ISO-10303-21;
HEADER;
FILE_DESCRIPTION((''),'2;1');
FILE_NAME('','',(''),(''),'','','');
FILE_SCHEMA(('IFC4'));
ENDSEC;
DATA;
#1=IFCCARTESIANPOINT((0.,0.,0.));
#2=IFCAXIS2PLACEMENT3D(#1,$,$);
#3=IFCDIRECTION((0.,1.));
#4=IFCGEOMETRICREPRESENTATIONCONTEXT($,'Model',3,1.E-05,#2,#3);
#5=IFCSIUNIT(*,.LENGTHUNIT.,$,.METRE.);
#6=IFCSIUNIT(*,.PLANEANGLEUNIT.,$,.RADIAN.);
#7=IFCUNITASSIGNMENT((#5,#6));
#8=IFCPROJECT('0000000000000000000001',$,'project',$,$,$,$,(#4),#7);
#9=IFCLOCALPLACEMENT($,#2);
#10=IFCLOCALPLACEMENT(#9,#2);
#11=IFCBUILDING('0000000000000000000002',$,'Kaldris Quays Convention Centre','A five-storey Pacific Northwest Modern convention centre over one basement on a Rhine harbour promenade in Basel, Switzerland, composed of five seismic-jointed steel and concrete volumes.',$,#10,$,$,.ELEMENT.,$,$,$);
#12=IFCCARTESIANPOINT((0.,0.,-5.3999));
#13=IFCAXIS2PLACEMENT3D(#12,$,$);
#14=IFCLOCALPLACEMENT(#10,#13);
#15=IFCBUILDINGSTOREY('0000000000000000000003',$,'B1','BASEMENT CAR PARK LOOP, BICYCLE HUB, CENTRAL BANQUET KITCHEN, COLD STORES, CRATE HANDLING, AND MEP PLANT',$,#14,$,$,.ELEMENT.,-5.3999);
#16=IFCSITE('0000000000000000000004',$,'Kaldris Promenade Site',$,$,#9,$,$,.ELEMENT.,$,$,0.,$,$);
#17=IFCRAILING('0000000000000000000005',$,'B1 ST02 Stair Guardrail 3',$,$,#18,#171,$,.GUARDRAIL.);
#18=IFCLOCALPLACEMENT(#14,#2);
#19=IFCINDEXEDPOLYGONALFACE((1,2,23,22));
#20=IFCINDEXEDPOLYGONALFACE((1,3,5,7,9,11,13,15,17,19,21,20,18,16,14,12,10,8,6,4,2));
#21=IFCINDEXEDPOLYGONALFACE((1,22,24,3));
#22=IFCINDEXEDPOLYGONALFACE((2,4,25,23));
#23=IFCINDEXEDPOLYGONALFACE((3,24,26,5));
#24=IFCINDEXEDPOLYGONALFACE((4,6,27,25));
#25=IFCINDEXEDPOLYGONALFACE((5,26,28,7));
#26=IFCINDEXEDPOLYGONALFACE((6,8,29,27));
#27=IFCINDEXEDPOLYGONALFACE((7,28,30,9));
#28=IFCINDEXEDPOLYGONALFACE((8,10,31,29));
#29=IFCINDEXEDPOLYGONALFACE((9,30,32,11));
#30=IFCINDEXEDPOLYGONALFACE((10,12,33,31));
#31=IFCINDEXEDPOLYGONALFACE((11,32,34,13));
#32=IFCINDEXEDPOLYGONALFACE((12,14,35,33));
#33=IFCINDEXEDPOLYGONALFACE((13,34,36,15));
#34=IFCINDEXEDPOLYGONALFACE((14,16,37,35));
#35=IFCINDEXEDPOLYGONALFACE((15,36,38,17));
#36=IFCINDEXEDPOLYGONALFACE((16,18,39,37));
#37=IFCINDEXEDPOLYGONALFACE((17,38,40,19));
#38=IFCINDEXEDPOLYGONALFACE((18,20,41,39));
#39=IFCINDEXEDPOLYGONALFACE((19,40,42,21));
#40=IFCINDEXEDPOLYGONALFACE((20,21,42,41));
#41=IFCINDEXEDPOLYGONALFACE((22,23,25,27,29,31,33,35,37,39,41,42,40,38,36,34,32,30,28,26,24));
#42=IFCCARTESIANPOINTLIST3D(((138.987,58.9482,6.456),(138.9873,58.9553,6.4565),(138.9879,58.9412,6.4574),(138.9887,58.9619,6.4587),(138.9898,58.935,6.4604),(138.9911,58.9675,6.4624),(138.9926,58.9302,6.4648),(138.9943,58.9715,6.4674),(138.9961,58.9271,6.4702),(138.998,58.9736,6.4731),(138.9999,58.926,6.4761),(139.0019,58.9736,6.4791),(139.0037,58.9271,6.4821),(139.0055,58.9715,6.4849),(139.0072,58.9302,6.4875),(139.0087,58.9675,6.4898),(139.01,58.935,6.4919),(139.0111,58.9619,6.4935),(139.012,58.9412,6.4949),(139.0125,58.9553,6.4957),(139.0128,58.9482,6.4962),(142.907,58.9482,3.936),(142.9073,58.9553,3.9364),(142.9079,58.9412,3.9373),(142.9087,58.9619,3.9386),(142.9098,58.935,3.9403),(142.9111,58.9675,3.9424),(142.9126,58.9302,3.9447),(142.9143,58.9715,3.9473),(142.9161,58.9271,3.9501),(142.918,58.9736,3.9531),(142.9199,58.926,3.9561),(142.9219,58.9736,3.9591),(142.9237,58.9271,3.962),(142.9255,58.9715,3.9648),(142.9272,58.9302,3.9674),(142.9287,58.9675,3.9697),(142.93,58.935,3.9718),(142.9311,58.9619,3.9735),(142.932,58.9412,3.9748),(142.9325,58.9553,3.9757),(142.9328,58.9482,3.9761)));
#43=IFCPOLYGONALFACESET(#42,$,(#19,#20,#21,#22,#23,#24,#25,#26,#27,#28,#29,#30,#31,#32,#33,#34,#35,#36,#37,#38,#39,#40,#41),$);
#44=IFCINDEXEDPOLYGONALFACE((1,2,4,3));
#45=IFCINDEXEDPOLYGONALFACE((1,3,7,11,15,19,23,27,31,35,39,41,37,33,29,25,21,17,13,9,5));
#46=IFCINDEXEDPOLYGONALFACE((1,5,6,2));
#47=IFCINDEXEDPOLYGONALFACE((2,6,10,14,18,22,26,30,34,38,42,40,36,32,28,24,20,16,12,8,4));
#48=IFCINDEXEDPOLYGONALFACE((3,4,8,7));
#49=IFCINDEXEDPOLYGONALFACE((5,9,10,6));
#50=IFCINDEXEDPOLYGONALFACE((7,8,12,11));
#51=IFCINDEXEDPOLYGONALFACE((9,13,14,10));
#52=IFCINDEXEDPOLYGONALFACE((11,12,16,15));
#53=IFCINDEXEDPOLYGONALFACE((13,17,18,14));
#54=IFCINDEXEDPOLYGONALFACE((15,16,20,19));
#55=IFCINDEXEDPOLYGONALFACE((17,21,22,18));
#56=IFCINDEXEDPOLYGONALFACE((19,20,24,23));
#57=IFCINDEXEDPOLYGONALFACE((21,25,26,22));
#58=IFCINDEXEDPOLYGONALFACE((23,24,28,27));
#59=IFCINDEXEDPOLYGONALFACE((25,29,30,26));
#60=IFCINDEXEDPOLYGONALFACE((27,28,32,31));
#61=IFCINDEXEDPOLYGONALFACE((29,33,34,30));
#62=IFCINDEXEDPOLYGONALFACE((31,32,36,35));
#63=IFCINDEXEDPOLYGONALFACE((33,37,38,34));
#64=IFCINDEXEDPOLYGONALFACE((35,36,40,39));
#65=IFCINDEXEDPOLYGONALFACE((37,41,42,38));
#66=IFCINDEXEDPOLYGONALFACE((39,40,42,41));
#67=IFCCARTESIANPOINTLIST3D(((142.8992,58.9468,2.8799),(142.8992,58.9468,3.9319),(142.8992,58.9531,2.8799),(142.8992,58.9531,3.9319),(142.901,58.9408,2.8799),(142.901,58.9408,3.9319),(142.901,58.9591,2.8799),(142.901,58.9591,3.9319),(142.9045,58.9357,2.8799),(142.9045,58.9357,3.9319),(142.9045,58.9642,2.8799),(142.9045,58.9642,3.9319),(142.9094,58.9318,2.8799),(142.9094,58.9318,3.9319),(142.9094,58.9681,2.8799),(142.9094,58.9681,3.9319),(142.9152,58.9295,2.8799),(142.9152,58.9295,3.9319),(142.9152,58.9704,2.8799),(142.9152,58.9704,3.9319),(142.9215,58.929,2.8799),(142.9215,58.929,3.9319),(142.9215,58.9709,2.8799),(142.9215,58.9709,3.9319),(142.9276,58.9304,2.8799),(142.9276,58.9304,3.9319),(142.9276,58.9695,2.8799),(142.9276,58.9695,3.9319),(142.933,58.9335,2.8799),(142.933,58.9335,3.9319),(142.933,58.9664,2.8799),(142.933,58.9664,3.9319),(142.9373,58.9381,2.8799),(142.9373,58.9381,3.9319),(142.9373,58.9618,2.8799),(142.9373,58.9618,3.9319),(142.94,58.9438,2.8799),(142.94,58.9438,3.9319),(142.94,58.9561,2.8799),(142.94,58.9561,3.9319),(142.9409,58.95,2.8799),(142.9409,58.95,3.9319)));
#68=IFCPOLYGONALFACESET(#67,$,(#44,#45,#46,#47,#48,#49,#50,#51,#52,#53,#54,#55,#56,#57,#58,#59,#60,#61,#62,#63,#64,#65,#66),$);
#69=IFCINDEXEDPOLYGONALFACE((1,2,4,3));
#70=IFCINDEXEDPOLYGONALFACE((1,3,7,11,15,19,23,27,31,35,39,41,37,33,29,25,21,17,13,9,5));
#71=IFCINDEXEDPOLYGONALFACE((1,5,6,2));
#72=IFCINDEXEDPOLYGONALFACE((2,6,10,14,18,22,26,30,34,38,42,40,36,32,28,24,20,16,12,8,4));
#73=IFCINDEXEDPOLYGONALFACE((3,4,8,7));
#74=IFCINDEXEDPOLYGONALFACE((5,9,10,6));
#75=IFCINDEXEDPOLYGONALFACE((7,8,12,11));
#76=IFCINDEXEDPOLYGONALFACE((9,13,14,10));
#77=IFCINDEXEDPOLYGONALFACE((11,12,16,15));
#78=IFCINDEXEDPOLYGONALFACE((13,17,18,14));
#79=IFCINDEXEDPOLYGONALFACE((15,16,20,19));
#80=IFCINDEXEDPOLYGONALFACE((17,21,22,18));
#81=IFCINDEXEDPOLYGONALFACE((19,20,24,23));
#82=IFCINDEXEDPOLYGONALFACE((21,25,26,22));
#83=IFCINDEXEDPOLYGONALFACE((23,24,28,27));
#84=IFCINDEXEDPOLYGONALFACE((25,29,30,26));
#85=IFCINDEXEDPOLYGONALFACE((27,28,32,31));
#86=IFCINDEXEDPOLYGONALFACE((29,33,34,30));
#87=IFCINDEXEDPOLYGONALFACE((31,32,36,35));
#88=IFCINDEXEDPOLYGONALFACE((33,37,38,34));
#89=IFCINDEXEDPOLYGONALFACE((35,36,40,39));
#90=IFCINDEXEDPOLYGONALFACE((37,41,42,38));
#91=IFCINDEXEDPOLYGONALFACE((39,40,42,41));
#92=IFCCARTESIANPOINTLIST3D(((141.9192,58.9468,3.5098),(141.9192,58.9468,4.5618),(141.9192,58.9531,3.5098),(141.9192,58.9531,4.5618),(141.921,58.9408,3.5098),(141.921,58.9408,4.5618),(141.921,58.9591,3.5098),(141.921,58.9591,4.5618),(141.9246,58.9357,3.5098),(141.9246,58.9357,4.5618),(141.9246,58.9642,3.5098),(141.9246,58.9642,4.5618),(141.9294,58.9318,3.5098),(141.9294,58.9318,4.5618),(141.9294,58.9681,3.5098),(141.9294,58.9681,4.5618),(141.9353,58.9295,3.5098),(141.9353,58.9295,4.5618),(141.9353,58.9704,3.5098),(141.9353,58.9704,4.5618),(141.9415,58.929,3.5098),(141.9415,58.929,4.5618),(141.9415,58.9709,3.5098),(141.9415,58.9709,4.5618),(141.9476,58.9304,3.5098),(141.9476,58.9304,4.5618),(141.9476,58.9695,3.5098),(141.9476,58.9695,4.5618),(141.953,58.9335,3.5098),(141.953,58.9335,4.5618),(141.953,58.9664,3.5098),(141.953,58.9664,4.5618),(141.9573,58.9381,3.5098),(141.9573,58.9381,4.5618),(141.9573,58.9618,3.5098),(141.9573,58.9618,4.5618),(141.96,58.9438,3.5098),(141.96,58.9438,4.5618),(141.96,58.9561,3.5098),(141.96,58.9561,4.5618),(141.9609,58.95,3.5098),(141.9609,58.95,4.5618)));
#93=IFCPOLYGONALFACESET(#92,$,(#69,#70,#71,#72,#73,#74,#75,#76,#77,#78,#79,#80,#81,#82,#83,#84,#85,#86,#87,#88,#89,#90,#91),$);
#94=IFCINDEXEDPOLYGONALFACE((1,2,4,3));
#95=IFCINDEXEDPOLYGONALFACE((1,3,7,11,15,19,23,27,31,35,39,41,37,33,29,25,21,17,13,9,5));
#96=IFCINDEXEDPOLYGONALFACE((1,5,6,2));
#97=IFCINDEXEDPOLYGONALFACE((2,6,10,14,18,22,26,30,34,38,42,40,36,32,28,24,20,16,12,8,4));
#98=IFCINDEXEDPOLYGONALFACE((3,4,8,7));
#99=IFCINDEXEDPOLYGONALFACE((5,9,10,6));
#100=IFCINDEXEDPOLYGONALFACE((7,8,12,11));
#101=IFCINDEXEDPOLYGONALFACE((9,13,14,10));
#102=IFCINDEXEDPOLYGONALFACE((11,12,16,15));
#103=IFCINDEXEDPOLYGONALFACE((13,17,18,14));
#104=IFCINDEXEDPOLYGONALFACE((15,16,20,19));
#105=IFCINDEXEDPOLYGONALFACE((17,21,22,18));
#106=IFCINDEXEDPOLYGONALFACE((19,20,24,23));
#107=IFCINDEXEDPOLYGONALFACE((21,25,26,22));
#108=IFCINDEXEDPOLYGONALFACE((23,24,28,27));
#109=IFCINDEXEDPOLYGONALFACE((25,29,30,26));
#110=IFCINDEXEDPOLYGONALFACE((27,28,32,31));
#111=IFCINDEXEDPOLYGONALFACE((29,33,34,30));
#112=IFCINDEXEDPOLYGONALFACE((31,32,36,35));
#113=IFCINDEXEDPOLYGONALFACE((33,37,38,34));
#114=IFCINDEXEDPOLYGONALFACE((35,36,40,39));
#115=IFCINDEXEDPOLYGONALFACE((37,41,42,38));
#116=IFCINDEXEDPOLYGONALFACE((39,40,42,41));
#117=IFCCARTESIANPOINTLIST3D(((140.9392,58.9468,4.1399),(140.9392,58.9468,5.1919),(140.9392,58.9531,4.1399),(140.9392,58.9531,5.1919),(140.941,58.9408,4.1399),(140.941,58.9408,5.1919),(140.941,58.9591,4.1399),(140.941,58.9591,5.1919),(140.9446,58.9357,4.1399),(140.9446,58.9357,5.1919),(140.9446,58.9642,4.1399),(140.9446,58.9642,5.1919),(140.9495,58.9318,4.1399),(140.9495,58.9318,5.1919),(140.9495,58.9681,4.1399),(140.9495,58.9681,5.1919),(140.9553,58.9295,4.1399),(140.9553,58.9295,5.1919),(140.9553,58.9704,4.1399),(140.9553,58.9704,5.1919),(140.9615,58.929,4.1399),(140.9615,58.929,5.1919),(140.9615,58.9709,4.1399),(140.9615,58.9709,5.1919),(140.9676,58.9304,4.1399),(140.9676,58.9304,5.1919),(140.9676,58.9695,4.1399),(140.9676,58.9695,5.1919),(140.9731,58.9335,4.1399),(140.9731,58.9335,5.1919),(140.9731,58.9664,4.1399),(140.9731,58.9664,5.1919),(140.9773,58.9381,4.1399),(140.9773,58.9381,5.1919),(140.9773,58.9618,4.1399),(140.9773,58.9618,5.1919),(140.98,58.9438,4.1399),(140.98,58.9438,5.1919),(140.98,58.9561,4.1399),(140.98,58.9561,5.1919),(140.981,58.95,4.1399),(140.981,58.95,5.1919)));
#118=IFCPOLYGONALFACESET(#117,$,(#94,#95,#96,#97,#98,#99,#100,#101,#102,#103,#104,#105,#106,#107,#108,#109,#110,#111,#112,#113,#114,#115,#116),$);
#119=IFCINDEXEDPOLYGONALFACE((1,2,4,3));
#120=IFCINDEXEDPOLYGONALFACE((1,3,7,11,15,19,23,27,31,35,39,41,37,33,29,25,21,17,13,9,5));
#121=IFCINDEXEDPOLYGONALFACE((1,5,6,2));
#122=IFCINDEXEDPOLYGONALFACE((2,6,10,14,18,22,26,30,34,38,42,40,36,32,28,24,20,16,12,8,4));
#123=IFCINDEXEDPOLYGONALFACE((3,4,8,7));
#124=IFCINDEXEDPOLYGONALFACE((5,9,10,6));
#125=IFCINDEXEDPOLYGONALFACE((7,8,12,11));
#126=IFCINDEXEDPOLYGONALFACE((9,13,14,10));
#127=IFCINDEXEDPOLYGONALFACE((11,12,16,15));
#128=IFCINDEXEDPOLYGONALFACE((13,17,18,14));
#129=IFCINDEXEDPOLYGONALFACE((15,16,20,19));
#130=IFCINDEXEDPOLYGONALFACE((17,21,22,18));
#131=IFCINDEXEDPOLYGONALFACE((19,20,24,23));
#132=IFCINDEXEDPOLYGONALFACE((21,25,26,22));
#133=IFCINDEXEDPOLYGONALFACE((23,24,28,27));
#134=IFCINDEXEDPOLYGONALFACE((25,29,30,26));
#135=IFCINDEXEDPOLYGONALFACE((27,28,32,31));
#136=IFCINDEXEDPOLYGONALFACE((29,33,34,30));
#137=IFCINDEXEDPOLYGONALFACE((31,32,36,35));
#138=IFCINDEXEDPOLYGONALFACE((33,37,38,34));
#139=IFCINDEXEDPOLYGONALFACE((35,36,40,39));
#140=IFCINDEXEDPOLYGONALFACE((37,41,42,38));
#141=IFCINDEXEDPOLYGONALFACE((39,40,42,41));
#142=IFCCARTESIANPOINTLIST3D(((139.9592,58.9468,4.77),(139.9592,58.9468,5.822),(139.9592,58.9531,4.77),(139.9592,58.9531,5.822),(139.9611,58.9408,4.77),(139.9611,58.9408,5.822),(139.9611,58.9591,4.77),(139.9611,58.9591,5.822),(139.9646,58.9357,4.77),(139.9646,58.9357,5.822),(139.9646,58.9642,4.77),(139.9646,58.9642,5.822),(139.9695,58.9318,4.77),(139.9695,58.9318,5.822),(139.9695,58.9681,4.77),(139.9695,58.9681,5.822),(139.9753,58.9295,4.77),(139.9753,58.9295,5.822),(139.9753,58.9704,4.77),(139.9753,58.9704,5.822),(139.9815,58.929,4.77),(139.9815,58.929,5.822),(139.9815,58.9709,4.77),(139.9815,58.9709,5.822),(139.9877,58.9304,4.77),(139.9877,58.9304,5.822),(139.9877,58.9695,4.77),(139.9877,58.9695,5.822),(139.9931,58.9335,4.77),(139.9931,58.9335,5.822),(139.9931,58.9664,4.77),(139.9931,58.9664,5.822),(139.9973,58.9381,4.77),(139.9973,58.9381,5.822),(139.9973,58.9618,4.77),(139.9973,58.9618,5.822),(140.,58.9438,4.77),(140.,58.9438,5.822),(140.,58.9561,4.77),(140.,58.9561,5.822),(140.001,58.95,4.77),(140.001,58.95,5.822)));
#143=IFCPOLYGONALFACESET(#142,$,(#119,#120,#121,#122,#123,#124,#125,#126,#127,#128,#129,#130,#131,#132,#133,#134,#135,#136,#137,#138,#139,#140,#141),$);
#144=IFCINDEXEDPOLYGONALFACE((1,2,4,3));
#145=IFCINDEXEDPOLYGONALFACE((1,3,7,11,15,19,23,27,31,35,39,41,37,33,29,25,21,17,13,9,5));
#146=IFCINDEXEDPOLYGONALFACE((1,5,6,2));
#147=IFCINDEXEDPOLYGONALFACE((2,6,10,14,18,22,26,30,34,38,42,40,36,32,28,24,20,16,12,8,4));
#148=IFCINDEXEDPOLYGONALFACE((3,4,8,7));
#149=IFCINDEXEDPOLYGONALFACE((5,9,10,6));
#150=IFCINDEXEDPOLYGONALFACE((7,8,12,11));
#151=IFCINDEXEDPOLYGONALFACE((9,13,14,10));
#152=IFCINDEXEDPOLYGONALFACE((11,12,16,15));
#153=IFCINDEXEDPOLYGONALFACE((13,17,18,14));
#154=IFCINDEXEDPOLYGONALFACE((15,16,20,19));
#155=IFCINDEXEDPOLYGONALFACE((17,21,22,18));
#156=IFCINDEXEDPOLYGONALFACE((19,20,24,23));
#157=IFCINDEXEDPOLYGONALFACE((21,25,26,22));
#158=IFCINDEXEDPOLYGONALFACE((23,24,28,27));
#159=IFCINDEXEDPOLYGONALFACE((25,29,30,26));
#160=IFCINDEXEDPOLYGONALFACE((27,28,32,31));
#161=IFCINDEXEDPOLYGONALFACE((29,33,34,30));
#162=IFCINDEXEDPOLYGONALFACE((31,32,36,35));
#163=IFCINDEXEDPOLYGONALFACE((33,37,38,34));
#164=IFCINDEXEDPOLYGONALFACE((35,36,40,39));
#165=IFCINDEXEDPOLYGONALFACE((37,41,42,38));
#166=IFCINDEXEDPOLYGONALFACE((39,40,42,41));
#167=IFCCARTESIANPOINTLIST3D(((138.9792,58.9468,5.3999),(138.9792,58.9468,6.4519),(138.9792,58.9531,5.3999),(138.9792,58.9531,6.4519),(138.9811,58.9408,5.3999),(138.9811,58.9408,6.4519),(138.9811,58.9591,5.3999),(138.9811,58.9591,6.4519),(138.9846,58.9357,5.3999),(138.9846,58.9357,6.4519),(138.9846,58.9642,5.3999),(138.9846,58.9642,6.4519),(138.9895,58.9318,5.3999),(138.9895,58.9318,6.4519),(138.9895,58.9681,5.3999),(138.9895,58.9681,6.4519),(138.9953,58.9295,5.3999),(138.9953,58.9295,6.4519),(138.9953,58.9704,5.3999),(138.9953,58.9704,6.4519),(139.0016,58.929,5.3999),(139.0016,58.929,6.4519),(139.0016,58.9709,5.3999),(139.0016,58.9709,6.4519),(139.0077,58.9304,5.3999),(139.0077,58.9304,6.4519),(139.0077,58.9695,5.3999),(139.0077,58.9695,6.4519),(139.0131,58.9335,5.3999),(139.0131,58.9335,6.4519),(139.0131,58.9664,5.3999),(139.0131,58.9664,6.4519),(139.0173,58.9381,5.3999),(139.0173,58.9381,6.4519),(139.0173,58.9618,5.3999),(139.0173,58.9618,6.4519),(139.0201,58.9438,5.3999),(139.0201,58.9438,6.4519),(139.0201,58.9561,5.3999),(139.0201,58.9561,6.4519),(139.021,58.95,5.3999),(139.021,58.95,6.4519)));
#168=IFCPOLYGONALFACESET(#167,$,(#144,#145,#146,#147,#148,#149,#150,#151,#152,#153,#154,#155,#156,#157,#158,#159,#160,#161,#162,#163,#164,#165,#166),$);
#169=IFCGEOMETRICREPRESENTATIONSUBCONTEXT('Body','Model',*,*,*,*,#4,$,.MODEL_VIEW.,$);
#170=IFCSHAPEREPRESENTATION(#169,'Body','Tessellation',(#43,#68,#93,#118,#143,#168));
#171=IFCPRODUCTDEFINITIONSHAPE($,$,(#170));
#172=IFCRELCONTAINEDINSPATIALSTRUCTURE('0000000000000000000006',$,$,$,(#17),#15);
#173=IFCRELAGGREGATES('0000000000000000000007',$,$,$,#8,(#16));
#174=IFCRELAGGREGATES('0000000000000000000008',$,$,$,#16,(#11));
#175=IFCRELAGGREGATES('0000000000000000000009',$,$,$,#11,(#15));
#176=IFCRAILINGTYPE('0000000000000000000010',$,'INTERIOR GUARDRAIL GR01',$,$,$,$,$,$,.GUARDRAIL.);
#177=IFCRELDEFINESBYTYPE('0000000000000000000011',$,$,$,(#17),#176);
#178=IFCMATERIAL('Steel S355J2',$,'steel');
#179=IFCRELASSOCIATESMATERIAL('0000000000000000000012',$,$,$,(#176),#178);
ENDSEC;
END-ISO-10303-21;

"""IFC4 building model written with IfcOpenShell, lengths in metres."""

from ifc_helpers import new_model, si_unit, direction, frame, origin, origin_2d, place, context, subcontext, project, spatial, circle, extrude, material, type_object, element, save


model = new_model("IFC4")

# Units and contexts
model_context = context("Model", 3, precision=1e-05, world=origin(), true_north=direction((0.0, 1.0)))
body_context = subcontext(model_context, "Body", "Model", "MODEL_VIEW")
ifc_project = project(units=[si_unit("LENGTHUNIT", "METRE"), si_unit("PLANEANGLEUNIT", "RADIAN")], contexts=[model_context])

# Site, building, storey
site_placement = place(None, origin())
site = spatial("IfcSite", under=ifc_project, at=site_placement, Name="Kaldris Promenade Site", CompositionType="ELEMENT", RefElevation=0.0)
building_placement = place(site_placement, origin())
building = spatial("IfcBuilding", under=site, at=building_placement, Name="Kaldris Quays Convention Centre", Description="A five-storey Pacific Northwest Modern convention centre over one basement on a Rhine harbour promenade in Basel, Switzerland, composed of five seismic-jointed steel and concrete volumes.", CompositionType="ELEMENT")
storey_placement = place(building_placement, frame((0.0, 0.0, -5.3999)))
storey = spatial("IfcBuildingStorey", under=building, at=storey_placement, Name="B1", Description="BASEMENT CAR PARK LOOP, BICYCLE HUB, CENTRAL BANQUET KITCHEN, COLD STORES, CRATE HANDLING, AND MEP PLANT", CompositionType="ELEMENT", Elevation=-5.3999)

# Shared definitions
ifc_material_1 = material(Name="Steel S355J2", Category="steel")

# Railing
railing_type_1 = type_object("IfcRailingType", Name="INTERIOR GUARDRAIL GR01", PredefinedType="GUARDRAIL", material=ifc_material_1)
railing_1_placement = place(storey_placement, frame((142.9199, 58.95, 2.8799)))
element("IfcRailing", 1, at=railing_1_placement, inside=storey, type_object=railing_type_1, Name="B1 ST02 Stair Guardrail 3", PredefinedType="GUARDRAIL", context=body_context, shape_type="SweptSolid", body=[
    extrude(circle(Radius=0.0239, at=origin_2d()), frame((0.0, 0.0, 1.0762), z_axis=(-0.841172, 0.0, 0.540768), x_axis=(0.0, -1.0, 0.0)), (0.0, 0.0, 1.0), 4.6602),
    extrude(circle(Radius=0.021, at=origin_2d()), origin(), (0.0, 0.0, 1.0), 1.052),
    extrude(circle(Radius=0.021, at=origin_2d()), frame((-0.98, 0.0, 0.6299)), (0.0, 0.0, 1.0), 1.052),
    extrude(circle(Radius=0.021, at=origin_2d()), frame((-1.96, 0.0, 1.26)), (0.0, 0.0, 1.0), 1.052),
    extrude(circle(Radius=0.021, at=origin_2d()), frame((-2.9399, 0.0, 1.8901)), (0.0, 0.0, 1.0), 1.052),
    extrude(circle(Radius=0.021, at=origin_2d()), frame((-3.9199, 0.0, 2.52)), (0.0, 0.0, 1.0), 1.052),
])

save(model, "model.ifc")
